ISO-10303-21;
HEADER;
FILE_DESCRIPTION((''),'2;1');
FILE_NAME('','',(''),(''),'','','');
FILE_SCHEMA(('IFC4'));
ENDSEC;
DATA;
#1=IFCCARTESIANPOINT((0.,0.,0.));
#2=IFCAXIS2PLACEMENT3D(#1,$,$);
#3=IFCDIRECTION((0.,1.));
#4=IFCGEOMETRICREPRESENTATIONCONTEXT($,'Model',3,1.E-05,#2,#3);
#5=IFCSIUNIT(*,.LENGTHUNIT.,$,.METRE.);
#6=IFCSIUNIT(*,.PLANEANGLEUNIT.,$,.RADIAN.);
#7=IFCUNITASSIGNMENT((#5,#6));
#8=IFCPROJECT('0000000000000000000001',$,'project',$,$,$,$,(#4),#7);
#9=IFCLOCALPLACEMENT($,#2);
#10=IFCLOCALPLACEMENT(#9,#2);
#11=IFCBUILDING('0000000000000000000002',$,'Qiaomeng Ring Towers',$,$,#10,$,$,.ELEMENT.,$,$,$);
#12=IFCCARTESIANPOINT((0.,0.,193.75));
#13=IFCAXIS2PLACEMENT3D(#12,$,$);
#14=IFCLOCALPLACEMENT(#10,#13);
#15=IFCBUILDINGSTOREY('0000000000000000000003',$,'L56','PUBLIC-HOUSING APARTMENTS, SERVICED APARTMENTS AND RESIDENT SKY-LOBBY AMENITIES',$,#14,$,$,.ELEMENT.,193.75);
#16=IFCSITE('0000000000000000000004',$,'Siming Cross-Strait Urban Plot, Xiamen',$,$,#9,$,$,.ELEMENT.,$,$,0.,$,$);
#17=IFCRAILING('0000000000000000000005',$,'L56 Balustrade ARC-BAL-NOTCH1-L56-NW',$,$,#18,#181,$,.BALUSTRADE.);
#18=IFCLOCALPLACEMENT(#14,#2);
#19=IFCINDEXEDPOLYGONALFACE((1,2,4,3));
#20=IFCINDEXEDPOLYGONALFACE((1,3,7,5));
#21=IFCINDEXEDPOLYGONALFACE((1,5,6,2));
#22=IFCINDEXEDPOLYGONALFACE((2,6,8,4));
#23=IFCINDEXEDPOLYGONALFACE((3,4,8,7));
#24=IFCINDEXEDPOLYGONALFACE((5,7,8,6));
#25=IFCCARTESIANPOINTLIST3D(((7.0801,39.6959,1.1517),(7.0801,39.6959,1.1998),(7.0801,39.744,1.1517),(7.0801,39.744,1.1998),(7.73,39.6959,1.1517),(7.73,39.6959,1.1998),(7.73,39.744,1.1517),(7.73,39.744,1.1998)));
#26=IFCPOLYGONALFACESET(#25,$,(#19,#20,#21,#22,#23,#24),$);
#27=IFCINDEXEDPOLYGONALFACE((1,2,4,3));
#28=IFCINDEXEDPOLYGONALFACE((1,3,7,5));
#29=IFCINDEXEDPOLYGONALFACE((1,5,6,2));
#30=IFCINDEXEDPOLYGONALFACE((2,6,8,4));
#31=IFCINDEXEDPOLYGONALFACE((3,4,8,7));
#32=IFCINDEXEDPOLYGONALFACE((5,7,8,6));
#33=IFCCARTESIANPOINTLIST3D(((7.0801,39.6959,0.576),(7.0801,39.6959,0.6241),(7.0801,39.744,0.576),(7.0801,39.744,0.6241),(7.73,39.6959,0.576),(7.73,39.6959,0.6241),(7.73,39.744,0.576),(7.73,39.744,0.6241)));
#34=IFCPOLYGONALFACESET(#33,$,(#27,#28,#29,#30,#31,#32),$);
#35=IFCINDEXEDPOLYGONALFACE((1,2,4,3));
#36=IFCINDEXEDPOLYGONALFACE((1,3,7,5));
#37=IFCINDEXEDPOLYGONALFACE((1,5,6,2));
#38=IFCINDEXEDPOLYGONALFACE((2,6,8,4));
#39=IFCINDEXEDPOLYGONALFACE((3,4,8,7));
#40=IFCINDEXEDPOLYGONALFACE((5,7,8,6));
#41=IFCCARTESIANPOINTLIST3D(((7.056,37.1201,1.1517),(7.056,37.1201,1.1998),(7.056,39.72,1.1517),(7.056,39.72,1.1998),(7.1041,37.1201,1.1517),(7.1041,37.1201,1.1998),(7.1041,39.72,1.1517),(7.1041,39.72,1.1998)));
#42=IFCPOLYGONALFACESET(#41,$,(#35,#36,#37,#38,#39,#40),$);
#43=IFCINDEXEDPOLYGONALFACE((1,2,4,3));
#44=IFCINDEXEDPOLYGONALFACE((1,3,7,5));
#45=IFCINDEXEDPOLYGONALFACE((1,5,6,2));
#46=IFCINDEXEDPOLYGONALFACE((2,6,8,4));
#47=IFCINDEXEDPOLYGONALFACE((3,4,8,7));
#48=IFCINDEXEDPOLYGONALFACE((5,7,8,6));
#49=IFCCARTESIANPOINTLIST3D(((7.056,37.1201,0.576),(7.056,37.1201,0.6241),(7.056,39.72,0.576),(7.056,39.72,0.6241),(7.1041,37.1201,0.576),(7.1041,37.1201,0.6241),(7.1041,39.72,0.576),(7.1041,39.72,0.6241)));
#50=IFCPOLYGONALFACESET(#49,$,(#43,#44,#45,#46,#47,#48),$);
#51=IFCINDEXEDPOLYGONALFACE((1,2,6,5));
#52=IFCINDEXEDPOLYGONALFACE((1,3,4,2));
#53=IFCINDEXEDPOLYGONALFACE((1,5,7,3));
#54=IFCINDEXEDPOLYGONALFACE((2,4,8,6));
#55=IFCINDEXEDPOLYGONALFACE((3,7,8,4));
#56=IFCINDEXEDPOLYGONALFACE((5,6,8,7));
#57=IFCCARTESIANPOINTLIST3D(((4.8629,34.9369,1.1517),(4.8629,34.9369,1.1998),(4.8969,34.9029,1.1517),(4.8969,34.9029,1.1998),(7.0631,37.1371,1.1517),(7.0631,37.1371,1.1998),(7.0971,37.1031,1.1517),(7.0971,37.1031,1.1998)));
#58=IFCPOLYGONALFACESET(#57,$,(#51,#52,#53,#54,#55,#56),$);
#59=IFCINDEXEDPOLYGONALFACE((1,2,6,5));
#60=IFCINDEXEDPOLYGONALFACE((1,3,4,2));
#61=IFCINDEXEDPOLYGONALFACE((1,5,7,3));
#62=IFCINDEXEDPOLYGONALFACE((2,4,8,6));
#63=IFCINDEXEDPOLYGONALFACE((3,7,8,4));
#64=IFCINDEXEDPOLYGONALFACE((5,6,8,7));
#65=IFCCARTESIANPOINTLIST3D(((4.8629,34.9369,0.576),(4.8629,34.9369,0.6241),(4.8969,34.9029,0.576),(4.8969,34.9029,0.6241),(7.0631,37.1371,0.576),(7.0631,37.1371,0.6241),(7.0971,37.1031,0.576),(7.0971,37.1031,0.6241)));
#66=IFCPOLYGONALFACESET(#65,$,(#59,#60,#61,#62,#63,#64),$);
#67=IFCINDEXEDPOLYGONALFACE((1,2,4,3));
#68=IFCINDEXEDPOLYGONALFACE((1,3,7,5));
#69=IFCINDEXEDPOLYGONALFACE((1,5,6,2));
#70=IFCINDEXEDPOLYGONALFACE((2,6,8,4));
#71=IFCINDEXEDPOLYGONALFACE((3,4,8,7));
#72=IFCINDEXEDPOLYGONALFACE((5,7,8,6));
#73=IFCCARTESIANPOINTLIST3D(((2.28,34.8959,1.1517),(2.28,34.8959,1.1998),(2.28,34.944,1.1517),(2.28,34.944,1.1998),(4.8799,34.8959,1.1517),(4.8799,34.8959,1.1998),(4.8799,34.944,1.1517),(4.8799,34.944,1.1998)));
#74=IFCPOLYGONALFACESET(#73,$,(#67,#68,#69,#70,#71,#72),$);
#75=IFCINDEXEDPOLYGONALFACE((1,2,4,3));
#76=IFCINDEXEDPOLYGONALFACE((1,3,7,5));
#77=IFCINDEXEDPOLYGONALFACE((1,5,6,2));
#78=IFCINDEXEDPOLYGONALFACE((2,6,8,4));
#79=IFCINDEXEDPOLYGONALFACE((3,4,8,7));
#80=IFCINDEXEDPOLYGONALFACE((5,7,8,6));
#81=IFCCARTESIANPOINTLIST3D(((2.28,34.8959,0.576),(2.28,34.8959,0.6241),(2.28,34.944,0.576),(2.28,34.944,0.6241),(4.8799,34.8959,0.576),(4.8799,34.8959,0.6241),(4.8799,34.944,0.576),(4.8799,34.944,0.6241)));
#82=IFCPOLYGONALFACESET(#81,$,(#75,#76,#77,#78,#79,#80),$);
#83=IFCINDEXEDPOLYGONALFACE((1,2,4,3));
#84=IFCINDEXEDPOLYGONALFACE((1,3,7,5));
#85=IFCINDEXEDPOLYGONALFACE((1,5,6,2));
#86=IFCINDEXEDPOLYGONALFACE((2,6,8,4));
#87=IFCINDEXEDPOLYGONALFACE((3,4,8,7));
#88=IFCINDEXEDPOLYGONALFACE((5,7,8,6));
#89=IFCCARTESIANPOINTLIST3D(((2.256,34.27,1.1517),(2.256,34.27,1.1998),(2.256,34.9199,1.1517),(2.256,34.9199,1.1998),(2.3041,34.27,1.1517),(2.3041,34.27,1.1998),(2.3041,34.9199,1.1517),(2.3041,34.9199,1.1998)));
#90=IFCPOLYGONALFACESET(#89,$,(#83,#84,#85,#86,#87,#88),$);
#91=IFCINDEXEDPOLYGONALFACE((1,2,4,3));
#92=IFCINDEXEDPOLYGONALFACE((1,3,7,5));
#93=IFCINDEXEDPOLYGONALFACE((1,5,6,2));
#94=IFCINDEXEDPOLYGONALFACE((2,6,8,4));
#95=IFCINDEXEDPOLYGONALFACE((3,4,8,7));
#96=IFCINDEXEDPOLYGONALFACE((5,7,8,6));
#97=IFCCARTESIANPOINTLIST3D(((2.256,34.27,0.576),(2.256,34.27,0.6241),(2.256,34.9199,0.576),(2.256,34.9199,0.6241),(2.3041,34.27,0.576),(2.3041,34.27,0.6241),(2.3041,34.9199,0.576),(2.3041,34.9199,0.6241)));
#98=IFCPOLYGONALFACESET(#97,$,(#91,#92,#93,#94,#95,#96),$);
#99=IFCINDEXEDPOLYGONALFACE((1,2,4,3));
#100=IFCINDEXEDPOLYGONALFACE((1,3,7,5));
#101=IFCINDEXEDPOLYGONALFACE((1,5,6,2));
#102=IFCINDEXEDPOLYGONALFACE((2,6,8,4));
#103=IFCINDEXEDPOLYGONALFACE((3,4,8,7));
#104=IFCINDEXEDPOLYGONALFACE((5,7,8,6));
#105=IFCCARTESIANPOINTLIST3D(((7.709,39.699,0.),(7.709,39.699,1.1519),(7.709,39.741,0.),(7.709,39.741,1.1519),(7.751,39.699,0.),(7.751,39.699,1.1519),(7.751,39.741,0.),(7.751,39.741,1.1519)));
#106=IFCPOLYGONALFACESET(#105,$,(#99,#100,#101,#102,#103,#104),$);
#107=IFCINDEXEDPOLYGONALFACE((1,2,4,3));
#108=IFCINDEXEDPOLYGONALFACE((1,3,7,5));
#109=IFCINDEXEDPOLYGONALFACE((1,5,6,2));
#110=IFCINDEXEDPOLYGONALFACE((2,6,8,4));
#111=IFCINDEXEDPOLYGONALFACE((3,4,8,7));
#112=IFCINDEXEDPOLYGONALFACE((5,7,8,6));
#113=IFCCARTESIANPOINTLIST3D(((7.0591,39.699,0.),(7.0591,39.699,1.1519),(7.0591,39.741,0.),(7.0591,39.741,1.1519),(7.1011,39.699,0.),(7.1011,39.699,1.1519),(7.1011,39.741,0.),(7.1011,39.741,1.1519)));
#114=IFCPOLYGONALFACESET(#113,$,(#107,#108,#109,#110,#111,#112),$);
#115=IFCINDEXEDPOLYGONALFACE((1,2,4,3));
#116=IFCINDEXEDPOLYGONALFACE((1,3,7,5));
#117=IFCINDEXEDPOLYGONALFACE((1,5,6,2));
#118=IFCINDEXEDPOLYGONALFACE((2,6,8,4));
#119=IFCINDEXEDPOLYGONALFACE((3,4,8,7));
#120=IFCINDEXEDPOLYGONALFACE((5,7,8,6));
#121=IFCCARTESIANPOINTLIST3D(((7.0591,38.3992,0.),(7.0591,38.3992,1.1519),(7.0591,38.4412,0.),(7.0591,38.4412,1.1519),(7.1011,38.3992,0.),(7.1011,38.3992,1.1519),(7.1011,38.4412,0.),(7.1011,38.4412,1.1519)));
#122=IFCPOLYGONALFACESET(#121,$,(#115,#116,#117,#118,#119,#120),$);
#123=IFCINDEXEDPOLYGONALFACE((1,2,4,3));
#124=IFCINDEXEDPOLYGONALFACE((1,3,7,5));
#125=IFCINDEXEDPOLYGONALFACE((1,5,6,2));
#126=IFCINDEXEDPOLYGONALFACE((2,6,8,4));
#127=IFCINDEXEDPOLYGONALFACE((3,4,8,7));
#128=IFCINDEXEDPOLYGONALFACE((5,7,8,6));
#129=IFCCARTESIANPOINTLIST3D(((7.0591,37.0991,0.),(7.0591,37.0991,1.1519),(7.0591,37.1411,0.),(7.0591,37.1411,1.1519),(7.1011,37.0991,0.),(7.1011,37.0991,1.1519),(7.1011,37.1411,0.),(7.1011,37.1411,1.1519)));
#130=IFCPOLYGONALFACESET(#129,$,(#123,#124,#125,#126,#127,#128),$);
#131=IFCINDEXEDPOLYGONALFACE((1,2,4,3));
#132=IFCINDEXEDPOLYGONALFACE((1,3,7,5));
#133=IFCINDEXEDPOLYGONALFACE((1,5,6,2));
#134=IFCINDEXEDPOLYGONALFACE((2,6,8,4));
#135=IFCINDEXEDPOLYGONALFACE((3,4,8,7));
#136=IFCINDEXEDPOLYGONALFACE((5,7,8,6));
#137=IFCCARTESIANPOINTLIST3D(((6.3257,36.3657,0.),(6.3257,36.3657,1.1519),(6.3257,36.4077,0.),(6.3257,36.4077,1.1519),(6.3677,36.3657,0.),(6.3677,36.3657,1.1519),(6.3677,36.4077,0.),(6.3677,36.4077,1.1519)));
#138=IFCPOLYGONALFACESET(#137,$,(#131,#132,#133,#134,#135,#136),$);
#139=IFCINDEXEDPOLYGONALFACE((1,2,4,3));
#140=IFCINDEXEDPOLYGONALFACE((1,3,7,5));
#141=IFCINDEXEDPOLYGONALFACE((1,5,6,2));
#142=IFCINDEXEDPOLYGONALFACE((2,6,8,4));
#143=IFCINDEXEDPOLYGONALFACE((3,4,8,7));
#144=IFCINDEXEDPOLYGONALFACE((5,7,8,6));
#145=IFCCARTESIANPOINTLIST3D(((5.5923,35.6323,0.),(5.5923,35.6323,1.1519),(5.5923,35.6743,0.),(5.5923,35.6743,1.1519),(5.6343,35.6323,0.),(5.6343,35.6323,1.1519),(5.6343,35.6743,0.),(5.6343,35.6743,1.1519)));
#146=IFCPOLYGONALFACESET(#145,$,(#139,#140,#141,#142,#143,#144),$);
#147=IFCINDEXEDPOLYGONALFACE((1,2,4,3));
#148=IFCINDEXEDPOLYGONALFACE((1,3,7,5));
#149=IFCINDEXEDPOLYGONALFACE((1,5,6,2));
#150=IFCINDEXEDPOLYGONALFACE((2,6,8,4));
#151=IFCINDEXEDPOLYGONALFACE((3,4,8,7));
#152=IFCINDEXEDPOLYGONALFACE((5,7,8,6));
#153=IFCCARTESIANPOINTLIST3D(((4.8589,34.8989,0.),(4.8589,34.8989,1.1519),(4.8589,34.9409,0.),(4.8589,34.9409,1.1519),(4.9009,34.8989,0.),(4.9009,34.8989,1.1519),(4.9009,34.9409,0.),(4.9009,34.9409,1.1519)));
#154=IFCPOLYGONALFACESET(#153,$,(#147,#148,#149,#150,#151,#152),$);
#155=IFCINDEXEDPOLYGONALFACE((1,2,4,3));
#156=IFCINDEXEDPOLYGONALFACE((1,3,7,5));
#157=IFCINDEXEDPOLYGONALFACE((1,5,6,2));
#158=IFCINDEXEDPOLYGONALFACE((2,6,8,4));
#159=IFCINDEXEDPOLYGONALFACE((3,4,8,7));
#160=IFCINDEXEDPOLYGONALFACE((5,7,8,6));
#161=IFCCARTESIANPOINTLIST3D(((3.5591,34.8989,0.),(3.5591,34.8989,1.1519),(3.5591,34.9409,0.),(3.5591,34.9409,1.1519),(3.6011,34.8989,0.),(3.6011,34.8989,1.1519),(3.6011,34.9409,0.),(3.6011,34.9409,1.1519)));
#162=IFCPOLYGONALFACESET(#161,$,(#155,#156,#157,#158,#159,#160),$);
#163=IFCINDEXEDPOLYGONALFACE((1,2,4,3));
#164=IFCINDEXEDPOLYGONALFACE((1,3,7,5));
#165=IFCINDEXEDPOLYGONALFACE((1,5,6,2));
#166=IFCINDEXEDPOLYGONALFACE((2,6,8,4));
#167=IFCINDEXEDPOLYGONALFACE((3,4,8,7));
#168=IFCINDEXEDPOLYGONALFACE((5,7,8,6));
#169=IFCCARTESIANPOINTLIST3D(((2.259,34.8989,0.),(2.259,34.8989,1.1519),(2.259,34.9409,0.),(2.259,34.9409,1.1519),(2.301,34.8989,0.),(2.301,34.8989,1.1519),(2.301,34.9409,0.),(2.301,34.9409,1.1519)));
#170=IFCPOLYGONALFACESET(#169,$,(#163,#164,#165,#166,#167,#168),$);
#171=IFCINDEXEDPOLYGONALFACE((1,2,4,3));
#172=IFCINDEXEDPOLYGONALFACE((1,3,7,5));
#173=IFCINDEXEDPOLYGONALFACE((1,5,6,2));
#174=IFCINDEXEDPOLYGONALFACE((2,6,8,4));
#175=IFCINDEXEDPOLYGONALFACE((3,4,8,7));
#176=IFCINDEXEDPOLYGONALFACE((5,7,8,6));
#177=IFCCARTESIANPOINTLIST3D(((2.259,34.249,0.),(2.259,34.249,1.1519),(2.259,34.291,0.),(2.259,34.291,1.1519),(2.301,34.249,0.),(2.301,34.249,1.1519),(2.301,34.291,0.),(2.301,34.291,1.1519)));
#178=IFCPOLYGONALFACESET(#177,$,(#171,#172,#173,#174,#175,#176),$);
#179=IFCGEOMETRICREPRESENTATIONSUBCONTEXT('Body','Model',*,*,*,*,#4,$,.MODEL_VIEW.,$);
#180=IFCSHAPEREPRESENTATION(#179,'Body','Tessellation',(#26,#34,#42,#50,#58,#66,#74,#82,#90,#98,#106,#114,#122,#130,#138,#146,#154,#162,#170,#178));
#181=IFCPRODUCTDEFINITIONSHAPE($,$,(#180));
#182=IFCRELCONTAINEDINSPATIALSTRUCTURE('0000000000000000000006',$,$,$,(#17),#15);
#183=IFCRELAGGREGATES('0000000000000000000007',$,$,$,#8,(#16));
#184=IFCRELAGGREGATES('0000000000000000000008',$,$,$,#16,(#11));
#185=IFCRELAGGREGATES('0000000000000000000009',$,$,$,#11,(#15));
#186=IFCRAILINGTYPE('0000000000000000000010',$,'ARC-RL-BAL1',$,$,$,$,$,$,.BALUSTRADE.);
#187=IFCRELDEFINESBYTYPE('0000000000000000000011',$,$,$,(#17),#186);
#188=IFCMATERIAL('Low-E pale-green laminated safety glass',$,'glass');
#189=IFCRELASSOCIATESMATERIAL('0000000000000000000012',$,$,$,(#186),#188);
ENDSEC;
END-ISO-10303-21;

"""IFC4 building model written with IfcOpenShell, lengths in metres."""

from ifc_helpers import new_model, si_unit, direction, frame, origin, origin_2d, place, context, subcontext, project, spatial, rectangle, extrude, material, type_object, element, save


model = new_model("IFC4")

# Units and contexts
model_context = context("Model", 3, precision=1e-05, world=origin(), true_north=direction((0.0, 1.0)))
body_context = subcontext(model_context, "Body", "Model", "MODEL_VIEW")
ifc_project = project(units=[si_unit("LENGTHUNIT", "METRE"), si_unit("PLANEANGLEUNIT", "RADIAN")], contexts=[model_context])

# Site, building, storey
site_placement = place(None, origin())
site = spatial("IfcSite", under=ifc_project, at=site_placement, Name="Siming Cross-Strait Urban Plot, Xiamen", CompositionType="ELEMENT", RefElevation=0.0)
building_placement = place(site_placement, origin())
building = spatial("IfcBuilding", under=site, at=building_placement, Name="Qiaomeng Ring Towers", CompositionType="ELEMENT")
storey_placement = place(building_placement, frame((0.0, 0.0, 193.75)))
storey = spatial("IfcBuildingStorey", under=building, at=storey_placement, Name="L56", Description="PUBLIC-HOUSING APARTMENTS, SERVICED APARTMENTS AND RESIDENT SKY-LOBBY AMENITIES", CompositionType="ELEMENT", Elevation=193.75)

# Railing
ifc_material_1 = material(Name="Low-E pale-green laminated safety glass", Category="glass")
railing_type = type_object("IfcRailingType", Name="ARC-RL-BAL1", PredefinedType="BALUSTRADE", material=ifc_material_1)
railing_placement = place(storey_placement, frame((7.73, 39.72, 0.0)))
element("IfcRailing", 1, at=railing_placement, inside=storey, type_object=railing_type, Name="L56 Balustrade ARC-BAL-NOTCH1-L56-NW", PredefinedType="BALUSTRADE", context=body_context, shape_type="SweptSolid", body=[
    extrude(rectangle(XDim=0.0481, YDim=0.0481, at=origin_2d()), frame((0.0, 0.0, 1.1758), z_axis=(-1.0, 0.0, 0.0), x_axis=(0.0, -1.0, 0.0)), (0.0, 0.0, 1.0), 0.6499),
    extrude(rectangle(XDim=0.0481, YDim=0.0481, at=origin_2d()), frame((0.0, 0.0, 0.6001), z_axis=(-1.0, 0.0, 0.0), x_axis=(0.0, -1.0, 0.0)), (0.0, 0.0, 1.0), 0.6499),
    extrude(rectangle(XDim=0.0481, YDim=0.0481, at=origin_2d()), frame((-0.6499, 0.0, 1.1758), z_axis=(0.0, -1.0, 0.0), x_axis=(1.0, 0.0, 0.0)), (0.0, 0.0, 1.0), 2.5999),
    extrude(rectangle(XDim=0.0481, YDim=0.0481, at=origin_2d()), frame((-0.6499, 0.0, 0.6001), z_axis=(0.0, -1.0, 0.0), x_axis=(1.0, 0.0, 0.0)), (0.0, 0.0, 1.0), 2.5999),
    extrude(rectangle(XDim=0.0481, YDim=0.0481, at=origin_2d()), frame((-0.6499, -2.5999, 1.1758), z_axis=(-0.707107, -0.707107, 0.0), x_axis=(0.707107, -0.707107, 0.0)), (0.0, 0.0, 1.0), 3.1116),
    extrude(rectangle(XDim=0.0481, YDim=0.0481, at=origin_2d()), frame((-0.6499, -2.5999, 0.6001), z_axis=(-0.707107, -0.707107, 0.0), x_axis=(0.707107, -0.707107, 0.0)), (0.0, 0.0, 1.0), 3.1116),
    extrude(rectangle(XDim=0.0481, YDim=0.0481, at=origin_2d()), frame((-2.8501, -4.8, 1.1758), z_axis=(-1.0, 0.0, 0.0), x_axis=(0.0, -1.0, 0.0)), (0.0, 0.0, 1.0), 2.5999),
    extrude(rectangle(XDim=0.0481, YDim=0.0481, at=origin_2d()), frame((-2.8501, -4.8, 0.6001), z_axis=(-1.0, 0.0, 0.0), x_axis=(0.0, -1.0, 0.0)), (0.0, 0.0, 1.0), 2.5999),
    extrude(rectangle(XDim=0.0481, YDim=0.0481, at=origin_2d()), frame((-5.45, -4.8, 1.1758), z_axis=(0.0, -1.0, 0.0), x_axis=(1.0, 0.0, 0.0)), (0.0, 0.0, 1.0), 0.6499),
    extrude(rectangle(XDim=0.0481, YDim=0.0481, at=origin_2d()), frame((-5.45, -4.8, 0.6001), z_axis=(0.0, -1.0, 0.0), x_axis=(1.0, 0.0, 0.0)), (0.0, 0.0, 1.0), 0.6499),
    extrude(rectangle(XDim=0.042, YDim=0.042, at=origin_2d()), origin(), (0.0, 0.0, 1.0), 1.1519),
    extrude(rectangle(XDim=0.042, YDim=0.042, at=origin_2d()), frame((-0.6499, 0.0, 0.0)), (0.0, 0.0, 1.0), 1.1519),
    extrude(rectangle(XDim=0.042, YDim=0.042, at=origin_2d()), frame((-0.6499, -1.2998, 0.0)), (0.0, 0.0, 1.0), 1.1519),
    extrude(rectangle(XDim=0.042, YDim=0.042, at=origin_2d()), frame((-0.6499, -2.5999, 0.0)), (0.0, 0.0, 1.0), 1.1519),
    extrude(rectangle(XDim=0.042, YDim=0.042, at=origin_2d()), frame((-1.3833, -3.3333, 0.0)), (0.0, 0.0, 1.0), 1.1519),
    extrude(rectangle(XDim=0.042, YDim=0.042, at=origin_2d()), frame((-2.1167, -4.0667, 0.0)), (0.0, 0.0, 1.0), 1.1519),
    extrude(rectangle(XDim=0.042, YDim=0.042, at=origin_2d()), frame((-2.8501, -4.8, 0.0)), (0.0, 0.0, 1.0), 1.1519),
    extrude(rectangle(XDim=0.042, YDim=0.042, at=origin_2d()), frame((-4.1499, -4.8, 0.0)), (0.0, 0.0, 1.0), 1.1519),
    extrude(rectangle(XDim=0.042, YDim=0.042, at=origin_2d()), frame((-5.45, -4.8, 0.0)), (0.0, 0.0, 1.0), 1.1519),
    extrude(rectangle(XDim=0.042, YDim=0.042, at=origin_2d()), frame((-5.45, -5.45, 0.0)), (0.0, 0.0, 1.0), 1.1519),
])

save(model, "model.ifc")
